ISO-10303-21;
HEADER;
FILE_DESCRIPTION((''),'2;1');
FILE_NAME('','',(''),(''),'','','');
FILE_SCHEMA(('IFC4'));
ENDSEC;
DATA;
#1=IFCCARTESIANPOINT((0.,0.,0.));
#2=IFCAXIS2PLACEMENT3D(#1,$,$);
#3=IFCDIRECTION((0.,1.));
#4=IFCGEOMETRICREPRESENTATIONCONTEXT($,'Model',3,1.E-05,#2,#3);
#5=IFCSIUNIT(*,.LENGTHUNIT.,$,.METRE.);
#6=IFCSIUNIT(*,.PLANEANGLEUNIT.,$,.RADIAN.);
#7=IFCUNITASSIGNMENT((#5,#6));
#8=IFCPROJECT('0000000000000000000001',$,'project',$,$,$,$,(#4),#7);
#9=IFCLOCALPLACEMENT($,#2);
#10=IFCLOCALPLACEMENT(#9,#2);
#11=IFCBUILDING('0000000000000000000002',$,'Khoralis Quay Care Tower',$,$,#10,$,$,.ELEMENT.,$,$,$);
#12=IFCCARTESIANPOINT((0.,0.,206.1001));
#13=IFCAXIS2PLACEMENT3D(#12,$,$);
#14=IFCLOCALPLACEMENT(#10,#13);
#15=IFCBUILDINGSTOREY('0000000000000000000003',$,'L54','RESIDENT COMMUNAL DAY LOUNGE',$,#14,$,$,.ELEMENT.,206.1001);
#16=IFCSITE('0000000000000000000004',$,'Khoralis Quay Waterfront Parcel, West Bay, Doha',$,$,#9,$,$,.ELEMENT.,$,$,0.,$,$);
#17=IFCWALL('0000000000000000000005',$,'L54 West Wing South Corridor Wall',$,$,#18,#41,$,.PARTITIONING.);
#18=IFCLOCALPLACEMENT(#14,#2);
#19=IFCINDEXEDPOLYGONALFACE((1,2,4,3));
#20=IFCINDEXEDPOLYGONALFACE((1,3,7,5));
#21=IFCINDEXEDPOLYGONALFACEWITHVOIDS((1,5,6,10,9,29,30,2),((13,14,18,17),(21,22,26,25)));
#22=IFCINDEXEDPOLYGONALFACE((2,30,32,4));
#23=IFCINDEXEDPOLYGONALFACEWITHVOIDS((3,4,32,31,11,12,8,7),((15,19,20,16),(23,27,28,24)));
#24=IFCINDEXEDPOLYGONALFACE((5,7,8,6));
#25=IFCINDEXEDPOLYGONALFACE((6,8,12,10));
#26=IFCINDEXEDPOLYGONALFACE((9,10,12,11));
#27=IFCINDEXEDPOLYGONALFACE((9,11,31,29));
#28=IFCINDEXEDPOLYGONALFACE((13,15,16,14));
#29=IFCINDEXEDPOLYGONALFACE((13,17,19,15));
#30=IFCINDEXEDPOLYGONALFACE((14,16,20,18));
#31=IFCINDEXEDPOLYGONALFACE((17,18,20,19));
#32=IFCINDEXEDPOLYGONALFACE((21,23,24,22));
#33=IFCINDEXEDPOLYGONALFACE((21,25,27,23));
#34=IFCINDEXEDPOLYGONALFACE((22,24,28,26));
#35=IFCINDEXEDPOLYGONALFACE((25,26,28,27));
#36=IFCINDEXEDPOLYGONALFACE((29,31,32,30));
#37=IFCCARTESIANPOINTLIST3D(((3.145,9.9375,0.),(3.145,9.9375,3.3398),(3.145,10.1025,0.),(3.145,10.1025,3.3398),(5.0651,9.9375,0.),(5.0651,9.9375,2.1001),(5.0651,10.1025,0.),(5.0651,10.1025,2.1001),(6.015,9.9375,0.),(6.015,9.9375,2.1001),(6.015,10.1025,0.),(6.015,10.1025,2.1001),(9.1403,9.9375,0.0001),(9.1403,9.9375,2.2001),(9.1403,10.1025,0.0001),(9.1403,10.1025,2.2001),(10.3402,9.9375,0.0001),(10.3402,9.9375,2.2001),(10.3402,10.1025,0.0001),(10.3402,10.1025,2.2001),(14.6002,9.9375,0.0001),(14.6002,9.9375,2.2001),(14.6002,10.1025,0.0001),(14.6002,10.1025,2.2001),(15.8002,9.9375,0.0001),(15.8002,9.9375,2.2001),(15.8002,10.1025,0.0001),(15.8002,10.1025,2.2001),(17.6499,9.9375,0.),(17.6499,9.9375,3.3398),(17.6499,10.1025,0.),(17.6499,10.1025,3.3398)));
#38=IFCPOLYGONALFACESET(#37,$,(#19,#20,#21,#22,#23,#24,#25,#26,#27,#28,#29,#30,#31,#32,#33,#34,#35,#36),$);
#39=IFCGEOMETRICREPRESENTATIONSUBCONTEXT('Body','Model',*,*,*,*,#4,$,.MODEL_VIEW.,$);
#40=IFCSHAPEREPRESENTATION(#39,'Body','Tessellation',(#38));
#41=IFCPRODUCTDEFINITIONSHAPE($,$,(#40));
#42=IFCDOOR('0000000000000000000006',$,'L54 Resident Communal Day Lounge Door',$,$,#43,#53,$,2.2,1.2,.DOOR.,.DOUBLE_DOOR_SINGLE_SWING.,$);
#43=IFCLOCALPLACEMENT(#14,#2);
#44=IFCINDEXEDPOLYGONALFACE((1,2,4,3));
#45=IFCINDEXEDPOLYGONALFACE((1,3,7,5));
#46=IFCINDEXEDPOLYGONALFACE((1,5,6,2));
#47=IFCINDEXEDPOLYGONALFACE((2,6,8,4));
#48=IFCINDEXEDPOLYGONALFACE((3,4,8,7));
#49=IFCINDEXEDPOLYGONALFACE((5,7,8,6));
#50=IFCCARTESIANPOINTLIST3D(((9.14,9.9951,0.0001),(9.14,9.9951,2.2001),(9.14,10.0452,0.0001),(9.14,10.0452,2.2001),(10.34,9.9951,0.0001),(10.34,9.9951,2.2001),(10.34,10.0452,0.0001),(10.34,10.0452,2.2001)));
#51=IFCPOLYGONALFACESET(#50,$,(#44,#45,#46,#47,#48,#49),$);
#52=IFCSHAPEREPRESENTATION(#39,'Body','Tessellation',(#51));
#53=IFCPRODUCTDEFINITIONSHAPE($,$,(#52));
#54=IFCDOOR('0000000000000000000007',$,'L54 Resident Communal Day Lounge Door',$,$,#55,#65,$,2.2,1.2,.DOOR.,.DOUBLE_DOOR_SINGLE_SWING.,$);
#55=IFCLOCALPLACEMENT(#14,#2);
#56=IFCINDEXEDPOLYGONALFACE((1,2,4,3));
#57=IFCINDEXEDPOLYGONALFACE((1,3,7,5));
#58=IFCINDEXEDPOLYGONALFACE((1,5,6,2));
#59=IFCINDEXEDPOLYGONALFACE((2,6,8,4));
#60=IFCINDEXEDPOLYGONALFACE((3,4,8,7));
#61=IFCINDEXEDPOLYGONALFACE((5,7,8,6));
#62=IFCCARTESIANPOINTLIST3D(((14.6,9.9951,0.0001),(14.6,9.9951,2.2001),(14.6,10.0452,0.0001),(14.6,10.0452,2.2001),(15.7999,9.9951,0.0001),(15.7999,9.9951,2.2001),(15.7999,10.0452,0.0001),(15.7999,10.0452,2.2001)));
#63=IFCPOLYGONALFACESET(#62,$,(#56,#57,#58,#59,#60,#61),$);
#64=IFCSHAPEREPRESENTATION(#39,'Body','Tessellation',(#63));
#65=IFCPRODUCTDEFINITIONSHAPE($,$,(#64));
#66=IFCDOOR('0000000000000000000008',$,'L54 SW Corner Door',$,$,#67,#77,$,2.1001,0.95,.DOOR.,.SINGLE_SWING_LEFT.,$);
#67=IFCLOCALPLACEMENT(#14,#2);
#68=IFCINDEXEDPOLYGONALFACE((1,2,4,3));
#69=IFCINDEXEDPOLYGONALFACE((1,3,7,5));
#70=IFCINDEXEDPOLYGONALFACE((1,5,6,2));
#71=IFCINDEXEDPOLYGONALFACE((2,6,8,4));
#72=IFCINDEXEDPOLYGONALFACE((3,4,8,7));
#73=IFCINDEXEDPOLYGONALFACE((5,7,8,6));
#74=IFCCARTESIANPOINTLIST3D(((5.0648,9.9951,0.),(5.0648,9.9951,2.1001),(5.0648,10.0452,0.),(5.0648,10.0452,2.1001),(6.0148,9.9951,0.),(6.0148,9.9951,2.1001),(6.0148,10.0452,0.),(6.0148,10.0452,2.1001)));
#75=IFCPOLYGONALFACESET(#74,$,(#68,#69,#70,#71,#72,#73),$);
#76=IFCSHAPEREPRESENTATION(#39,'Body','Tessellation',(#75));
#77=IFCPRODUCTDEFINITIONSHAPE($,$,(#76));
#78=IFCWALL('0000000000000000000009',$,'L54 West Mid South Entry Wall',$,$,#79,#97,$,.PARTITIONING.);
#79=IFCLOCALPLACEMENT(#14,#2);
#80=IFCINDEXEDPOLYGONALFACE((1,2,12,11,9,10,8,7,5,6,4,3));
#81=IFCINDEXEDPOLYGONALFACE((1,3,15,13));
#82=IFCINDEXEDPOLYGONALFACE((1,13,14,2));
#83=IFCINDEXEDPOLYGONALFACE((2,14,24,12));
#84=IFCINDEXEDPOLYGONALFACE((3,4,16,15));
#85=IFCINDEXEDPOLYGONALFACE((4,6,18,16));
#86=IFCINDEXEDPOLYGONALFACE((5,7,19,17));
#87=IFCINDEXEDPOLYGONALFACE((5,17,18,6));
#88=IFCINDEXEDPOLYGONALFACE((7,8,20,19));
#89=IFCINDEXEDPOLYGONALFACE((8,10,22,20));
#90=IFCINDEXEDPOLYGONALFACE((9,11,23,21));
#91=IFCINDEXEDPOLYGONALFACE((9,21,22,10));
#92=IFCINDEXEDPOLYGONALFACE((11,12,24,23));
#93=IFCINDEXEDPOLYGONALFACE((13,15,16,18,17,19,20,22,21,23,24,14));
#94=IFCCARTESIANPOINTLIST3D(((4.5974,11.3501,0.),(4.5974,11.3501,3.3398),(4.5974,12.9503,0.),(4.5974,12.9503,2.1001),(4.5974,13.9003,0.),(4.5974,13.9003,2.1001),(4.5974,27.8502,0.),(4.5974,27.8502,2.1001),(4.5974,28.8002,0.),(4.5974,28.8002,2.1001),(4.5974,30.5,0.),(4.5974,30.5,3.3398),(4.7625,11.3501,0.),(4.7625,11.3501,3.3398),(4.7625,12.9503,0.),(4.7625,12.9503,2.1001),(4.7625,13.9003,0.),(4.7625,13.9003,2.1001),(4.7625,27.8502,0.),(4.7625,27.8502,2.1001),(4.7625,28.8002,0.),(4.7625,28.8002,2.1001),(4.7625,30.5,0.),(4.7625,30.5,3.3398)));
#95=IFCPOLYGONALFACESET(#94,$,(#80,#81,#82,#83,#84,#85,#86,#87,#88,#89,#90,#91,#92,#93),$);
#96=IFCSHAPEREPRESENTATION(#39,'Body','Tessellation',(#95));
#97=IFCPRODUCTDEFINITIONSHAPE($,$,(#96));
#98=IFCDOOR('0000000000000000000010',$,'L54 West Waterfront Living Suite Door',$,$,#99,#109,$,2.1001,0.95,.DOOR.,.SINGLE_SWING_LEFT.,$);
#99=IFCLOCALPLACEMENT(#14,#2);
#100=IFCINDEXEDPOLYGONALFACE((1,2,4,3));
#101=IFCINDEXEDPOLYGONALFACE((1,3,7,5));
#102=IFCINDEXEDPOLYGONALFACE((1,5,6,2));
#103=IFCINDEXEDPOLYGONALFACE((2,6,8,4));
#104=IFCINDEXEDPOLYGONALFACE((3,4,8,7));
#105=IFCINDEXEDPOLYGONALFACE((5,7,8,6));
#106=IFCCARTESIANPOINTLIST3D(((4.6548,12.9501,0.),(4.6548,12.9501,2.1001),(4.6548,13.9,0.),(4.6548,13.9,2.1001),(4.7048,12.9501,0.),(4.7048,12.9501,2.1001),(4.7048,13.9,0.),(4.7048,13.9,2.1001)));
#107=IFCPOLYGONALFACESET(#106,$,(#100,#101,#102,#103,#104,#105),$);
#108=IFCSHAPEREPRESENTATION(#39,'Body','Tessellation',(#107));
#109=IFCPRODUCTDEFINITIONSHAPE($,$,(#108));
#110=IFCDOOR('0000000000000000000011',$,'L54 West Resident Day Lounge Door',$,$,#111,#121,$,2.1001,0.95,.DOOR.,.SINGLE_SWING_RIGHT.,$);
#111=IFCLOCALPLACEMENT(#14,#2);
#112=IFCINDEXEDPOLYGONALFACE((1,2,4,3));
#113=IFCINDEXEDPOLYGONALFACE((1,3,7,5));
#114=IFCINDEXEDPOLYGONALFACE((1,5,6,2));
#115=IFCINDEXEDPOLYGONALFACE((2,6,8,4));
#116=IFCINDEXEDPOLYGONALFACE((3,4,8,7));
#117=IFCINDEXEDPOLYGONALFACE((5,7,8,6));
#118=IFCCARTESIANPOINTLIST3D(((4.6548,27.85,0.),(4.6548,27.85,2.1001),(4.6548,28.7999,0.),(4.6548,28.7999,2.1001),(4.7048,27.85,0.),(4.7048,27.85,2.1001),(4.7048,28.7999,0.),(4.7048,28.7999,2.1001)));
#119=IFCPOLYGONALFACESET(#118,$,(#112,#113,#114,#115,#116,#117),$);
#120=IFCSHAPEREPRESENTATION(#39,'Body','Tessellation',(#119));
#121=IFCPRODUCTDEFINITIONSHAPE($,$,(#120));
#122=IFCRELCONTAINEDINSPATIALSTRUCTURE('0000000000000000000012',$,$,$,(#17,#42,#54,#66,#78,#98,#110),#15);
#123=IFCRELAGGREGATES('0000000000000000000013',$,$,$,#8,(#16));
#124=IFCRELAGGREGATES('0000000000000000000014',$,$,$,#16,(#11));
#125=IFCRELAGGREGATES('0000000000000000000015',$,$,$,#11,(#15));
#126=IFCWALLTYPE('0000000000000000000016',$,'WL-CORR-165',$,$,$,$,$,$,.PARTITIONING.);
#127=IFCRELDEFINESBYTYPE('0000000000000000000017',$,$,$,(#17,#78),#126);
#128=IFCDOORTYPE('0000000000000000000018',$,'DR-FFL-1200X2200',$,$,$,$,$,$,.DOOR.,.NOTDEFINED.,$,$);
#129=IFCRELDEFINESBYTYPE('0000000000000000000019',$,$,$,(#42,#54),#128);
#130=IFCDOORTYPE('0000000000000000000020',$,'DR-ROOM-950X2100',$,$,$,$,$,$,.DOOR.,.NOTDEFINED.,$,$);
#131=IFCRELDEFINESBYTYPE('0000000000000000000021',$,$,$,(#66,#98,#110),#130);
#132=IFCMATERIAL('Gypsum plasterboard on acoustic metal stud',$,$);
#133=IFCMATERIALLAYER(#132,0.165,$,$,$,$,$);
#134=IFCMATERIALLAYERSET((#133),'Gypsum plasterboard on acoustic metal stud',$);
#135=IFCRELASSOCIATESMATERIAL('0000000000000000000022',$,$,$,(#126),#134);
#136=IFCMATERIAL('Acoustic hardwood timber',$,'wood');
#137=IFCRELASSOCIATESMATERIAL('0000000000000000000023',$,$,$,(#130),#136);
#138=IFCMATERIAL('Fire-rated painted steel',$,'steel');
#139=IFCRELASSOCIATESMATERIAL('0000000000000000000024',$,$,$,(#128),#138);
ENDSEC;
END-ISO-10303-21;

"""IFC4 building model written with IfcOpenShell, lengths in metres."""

from ifc_helpers import new_model, si_unit, direction, frame, frame_2d, origin, place, context, subcontext, project, spatial, rectangle, extrude, source, transform, mapped, material, layer, layer_set, type_object, element, fill, save


model = new_model("IFC4")

# Units and contexts
model_context = context("Model", 3, precision=1e-05, world=origin(), true_north=direction((0.0, 1.0)))
body_context = subcontext(model_context, "Body", "Model", "MODEL_VIEW")
ifc_project = project(units=[si_unit("LENGTHUNIT", "METRE"), si_unit("PLANEANGLEUNIT", "RADIAN")], contexts=[model_context])

# Site, building, storey
site_placement = place(None, origin())
site = spatial("IfcSite", under=ifc_project, at=site_placement, Name="Khoralis Quay Waterfront Parcel, West Bay, Doha", CompositionType="ELEMENT", RefElevation=0.0)
building_placement = place(site_placement, origin())
building = spatial("IfcBuilding", under=site, at=building_placement, Name="Khoralis Quay Care Tower", CompositionType="ELEMENT")
storey_placement = place(building_placement, frame((0.0, 0.0, 206.1001)))
storey = spatial("IfcBuildingStorey", under=building, at=storey_placement, Name="L54", Description="RESIDENT COMMUNAL DAY LOUNGE", CompositionType="ELEMENT", Elevation=206.1001)

# Walls, openings, doors
ifc_material_1 = material(Name="Gypsum plasterboard on acoustic metal stud")
ifc_layer_1 = layer(ifc_material_1, 0.165)
ifc_layer_set_1 = layer_set([ifc_layer_1], Name="Gypsum plasterboard on acoustic metal stud")
wall_type_1 = type_object("IfcWallType", Name="WL-CORR-165", PredefinedType="PARTITIONING", material=ifc_layer_set_1)
ifc_material_2 = material(Name="Acoustic hardwood timber", Category="wood")
door_type_1 = type_object("IfcDoorType", Name="DR-ROOM-950X2100", OperationType="NOTDEFINED", PredefinedType="DOOR", material=ifc_material_2)
shared_shape_1 = source(origin(), body_context, "Body", "SweptSolid", [
    extrude(rectangle(XDim=0.95, YDim=2.1001, at=frame_2d((0.4751, 1.05))), frame((0.0, 0.0249, 0.0), z_axis=(0.0, -1.0, 0.0), x_axis=(1.0, 0.0, 0.0)), (0.0, 0.0, 1.0), 0.05),
])
wall_1_placement = place(storey_placement, frame((3.145, 10.02, 0.0), z_axis=(0.0, 0.0, 1.0), x_axis=(1.0, 0.0, 0.0)))
wall_1 = element("IfcWall", 1, at=wall_1_placement, inside=storey, type_object=wall_type_1, Name="L54 West Wing South Corridor Wall", PredefinedType="PARTITIONING", context=body_context, shape_type="SweptSolid", body=[
    extrude(rectangle(XDim=14.5049, YDim=0.165, at=frame_2d((7.2524, 0.0))), origin(), (0.0, 0.0, 1.0), 3.3398),
])
opening_1_placement = place(wall_1_placement, frame((5.9951, 0.0, 0.0)))
opening_1 = element("IfcOpeningElement", 2, at=opening_1_placement, cuts=wall_1, PredefinedType="OPENING", context=body_context, shape_type="SweptSolid", body=[
    extrude(rectangle(XDim=1.2, YDim=2.2, at=frame_2d((0.6001, 1.1001))), frame((0.0, 0.0925, 0.0), z_axis=(0.0, -1.0, 0.0), x_axis=(1.0, 0.0, 0.0)), (0.0, 0.0, 1.0), 0.1851),
])
opening_2_placement = place(wall_1_placement, frame((11.4551, 0.0, 0.0)))
opening_2 = element("IfcOpeningElement", 3, at=opening_2_placement, cuts=wall_1, PredefinedType="OPENING", context=body_context, shape_type="SweptSolid", body=[
    extrude(rectangle(XDim=1.2, YDim=2.2, at=frame_2d((0.6001, 1.1001))), frame((0.0, 0.0925, 0.0), z_axis=(0.0, -1.0, 0.0), x_axis=(1.0, 0.0, 0.0)), (0.0, 0.0, 1.0), 0.1851),
])
opening_3_placement = place(wall_1_placement, frame((1.9199, 0.0, 0.0)))
opening_3 = element("IfcOpeningElement", 4, at=opening_3_placement, cuts=wall_1, PredefinedType="OPENING", context=body_context, shape_type="SweptSolid", body=[
    extrude(rectangle(XDim=0.95, YDim=2.1001, at=frame_2d((0.4751, 1.05))), frame((0.0, 0.0925, 0.0), z_axis=(0.0, -1.0, 0.0), x_axis=(1.0, 0.0, 0.0)), (0.0, 0.0, 1.0), 0.1851),
])
ifc_material_3 = material(Name="Fire-rated painted steel", Category="steel")
door_type_2 = type_object("IfcDoorType", Name="DR-FFL-1200X2200", OperationType="NOTDEFINED", PredefinedType="DOOR", material=ifc_material_3)
shared_shape_2 = source(origin(), body_context, "Body", "SweptSolid", [
    extrude(rectangle(XDim=1.2, YDim=2.2, at=frame_2d((0.6001, 1.1001))), frame((0.0, 0.0249, 0.0), z_axis=(0.0, -1.0, 0.0), x_axis=(1.0, 0.0, 0.0)), (0.0, 0.0, 1.0), 0.05),
])
door_1_placement = place(opening_1_placement, frame((1.2, 0.0, 0.0), z_axis=(0.0, 0.0, 1.0), x_axis=(-1.0, 0.0, 0.0)))
door_1 = element("IfcDoor", 5, at=door_1_placement, inside=storey, type_object=door_type_2, Name="L54 Resident Communal Day Lounge Door", OperationType="DOUBLE_DOOR_SINGLE_SWING", OverallHeight=2.2, OverallWidth=1.2, PredefinedType="DOOR", context=body_context, shape_type="MappedRepresentation", body=[
    mapped(shared_shape_2, transform((0.0, 0.0, 0.0), scale=1.0)),
])
fill(opening_1, door_1)
door_2_placement = place(opening_2_placement, frame((1.2, 0.0, 0.0), z_axis=(0.0, 0.0, 1.0), x_axis=(-1.0, 0.0, 0.0)))
door_2 = element("IfcDoor", 6, at=door_2_placement, inside=storey, type_object=door_type_2, Name="L54 Resident Communal Day Lounge Door", OperationType="DOUBLE_DOOR_SINGLE_SWING", OverallHeight=2.2, OverallWidth=1.2, PredefinedType="DOOR", context=body_context, shape_type="MappedRepresentation", body=[
    mapped(shared_shape_2, transform((0.0, 0.0, 0.0), scale=1.0)),
])
fill(opening_2, door_2)
door_3_placement = place(opening_3_placement, frame((0.95, 0.0, 0.0), z_axis=(0.0, 0.0, 1.0), x_axis=(-1.0, 0.0, 0.0)))
door_3 = element("IfcDoor", 7, at=door_3_placement, inside=storey, type_object=door_type_1, Name="L54 SW Corner Door", OperationType="SINGLE_SWING_LEFT", OverallHeight=2.1001, OverallWidth=0.95, PredefinedType="DOOR", context=body_context, shape_type="MappedRepresentation", body=[
    mapped(shared_shape_1, transform((0.0, 0.0, 0.0), scale=1.0)),
])
fill(opening_3, door_3)
wall_2_placement = place(storey_placement, frame((4.6799, 11.3501, 0.0), z_axis=(0.0, 0.0, 1.0), x_axis=(0.0, 1.0, 0.0)))
wall_2 = element("IfcWall", 8, at=wall_2_placement, inside=storey, type_object=wall_type_1, Name="L54 West Mid South Entry Wall", PredefinedType="PARTITIONING", context=body_context, shape_type="SweptSolid", body=[
    extrude(rectangle(XDim=19.1499, YDim=0.165, at=frame_2d((9.575, 0.0))), origin(), (0.0, 0.0, 1.0), 3.3398),
])
opening_4_placement = place(wall_2_placement, frame((1.6001, 0.0, 0.0)))
opening_4 = element("IfcOpeningElement", 9, at=opening_4_placement, cuts=wall_2, PredefinedType="OPENING", context=body_context, shape_type="SweptSolid", body=[
    extrude(rectangle(XDim=0.95, YDim=2.1001, at=frame_2d((0.4751, 1.05))), frame((0.0, 0.0925, 0.0), z_axis=(0.0, -1.0, 0.0), x_axis=(1.0, 0.0, 0.0)), (0.0, 0.0, 1.0), 0.1851),
])
opening_5_placement = place(wall_2_placement, frame((16.5, 0.0, 0.0)))
opening_5 = element("IfcOpeningElement", 10, at=opening_5_placement, cuts=wall_2, PredefinedType="OPENING", context=body_context, shape_type="SweptSolid", body=[
    extrude(rectangle(XDim=0.95, YDim=2.1001, at=frame_2d((0.4751, 1.05))), frame((0.0, 0.0925, 0.0), z_axis=(0.0, -1.0, 0.0), x_axis=(1.0, 0.0, 0.0)), (0.0, 0.0, 1.0), 0.1851),
])
door_4_placement = place(opening_4_placement, frame((0.95, 0.0, 0.0), z_axis=(0.0, 0.0, 1.0), x_axis=(-1.0, 0.0, 0.0)))
door_4 = element("IfcDoor", 11, at=door_4_placement, inside=storey, type_object=door_type_1, Name="L54 West Waterfront Living Suite Door", OperationType="SINGLE_SWING_LEFT", OverallHeight=2.1001, OverallWidth=0.95, PredefinedType="DOOR", context=body_context, shape_type="MappedRepresentation", body=[
    mapped(shared_shape_1, transform((0.0, 0.0, 0.0), scale=1.0)),
])
fill(opening_4, door_4)
door_5_placement = place(opening_5_placement, frame((0.95, 0.0, 0.0), z_axis=(0.0, 0.0, 1.0), x_axis=(-1.0, 0.0, 0.0)))
door_5 = element("IfcDoor", 12, at=door_5_placement, inside=storey, type_object=door_type_1, Name="L54 West Resident Day Lounge Door", OperationType="SINGLE_SWING_RIGHT", OverallHeight=2.1001, OverallWidth=0.95, PredefinedType="DOOR", context=body_context, shape_type="MappedRepresentation", body=[
    mapped(shared_shape_1, transform((0.0, 0.0, 0.0), scale=1.0)),
])
fill(opening_5, door_5)

save(model, "model.ifc")
